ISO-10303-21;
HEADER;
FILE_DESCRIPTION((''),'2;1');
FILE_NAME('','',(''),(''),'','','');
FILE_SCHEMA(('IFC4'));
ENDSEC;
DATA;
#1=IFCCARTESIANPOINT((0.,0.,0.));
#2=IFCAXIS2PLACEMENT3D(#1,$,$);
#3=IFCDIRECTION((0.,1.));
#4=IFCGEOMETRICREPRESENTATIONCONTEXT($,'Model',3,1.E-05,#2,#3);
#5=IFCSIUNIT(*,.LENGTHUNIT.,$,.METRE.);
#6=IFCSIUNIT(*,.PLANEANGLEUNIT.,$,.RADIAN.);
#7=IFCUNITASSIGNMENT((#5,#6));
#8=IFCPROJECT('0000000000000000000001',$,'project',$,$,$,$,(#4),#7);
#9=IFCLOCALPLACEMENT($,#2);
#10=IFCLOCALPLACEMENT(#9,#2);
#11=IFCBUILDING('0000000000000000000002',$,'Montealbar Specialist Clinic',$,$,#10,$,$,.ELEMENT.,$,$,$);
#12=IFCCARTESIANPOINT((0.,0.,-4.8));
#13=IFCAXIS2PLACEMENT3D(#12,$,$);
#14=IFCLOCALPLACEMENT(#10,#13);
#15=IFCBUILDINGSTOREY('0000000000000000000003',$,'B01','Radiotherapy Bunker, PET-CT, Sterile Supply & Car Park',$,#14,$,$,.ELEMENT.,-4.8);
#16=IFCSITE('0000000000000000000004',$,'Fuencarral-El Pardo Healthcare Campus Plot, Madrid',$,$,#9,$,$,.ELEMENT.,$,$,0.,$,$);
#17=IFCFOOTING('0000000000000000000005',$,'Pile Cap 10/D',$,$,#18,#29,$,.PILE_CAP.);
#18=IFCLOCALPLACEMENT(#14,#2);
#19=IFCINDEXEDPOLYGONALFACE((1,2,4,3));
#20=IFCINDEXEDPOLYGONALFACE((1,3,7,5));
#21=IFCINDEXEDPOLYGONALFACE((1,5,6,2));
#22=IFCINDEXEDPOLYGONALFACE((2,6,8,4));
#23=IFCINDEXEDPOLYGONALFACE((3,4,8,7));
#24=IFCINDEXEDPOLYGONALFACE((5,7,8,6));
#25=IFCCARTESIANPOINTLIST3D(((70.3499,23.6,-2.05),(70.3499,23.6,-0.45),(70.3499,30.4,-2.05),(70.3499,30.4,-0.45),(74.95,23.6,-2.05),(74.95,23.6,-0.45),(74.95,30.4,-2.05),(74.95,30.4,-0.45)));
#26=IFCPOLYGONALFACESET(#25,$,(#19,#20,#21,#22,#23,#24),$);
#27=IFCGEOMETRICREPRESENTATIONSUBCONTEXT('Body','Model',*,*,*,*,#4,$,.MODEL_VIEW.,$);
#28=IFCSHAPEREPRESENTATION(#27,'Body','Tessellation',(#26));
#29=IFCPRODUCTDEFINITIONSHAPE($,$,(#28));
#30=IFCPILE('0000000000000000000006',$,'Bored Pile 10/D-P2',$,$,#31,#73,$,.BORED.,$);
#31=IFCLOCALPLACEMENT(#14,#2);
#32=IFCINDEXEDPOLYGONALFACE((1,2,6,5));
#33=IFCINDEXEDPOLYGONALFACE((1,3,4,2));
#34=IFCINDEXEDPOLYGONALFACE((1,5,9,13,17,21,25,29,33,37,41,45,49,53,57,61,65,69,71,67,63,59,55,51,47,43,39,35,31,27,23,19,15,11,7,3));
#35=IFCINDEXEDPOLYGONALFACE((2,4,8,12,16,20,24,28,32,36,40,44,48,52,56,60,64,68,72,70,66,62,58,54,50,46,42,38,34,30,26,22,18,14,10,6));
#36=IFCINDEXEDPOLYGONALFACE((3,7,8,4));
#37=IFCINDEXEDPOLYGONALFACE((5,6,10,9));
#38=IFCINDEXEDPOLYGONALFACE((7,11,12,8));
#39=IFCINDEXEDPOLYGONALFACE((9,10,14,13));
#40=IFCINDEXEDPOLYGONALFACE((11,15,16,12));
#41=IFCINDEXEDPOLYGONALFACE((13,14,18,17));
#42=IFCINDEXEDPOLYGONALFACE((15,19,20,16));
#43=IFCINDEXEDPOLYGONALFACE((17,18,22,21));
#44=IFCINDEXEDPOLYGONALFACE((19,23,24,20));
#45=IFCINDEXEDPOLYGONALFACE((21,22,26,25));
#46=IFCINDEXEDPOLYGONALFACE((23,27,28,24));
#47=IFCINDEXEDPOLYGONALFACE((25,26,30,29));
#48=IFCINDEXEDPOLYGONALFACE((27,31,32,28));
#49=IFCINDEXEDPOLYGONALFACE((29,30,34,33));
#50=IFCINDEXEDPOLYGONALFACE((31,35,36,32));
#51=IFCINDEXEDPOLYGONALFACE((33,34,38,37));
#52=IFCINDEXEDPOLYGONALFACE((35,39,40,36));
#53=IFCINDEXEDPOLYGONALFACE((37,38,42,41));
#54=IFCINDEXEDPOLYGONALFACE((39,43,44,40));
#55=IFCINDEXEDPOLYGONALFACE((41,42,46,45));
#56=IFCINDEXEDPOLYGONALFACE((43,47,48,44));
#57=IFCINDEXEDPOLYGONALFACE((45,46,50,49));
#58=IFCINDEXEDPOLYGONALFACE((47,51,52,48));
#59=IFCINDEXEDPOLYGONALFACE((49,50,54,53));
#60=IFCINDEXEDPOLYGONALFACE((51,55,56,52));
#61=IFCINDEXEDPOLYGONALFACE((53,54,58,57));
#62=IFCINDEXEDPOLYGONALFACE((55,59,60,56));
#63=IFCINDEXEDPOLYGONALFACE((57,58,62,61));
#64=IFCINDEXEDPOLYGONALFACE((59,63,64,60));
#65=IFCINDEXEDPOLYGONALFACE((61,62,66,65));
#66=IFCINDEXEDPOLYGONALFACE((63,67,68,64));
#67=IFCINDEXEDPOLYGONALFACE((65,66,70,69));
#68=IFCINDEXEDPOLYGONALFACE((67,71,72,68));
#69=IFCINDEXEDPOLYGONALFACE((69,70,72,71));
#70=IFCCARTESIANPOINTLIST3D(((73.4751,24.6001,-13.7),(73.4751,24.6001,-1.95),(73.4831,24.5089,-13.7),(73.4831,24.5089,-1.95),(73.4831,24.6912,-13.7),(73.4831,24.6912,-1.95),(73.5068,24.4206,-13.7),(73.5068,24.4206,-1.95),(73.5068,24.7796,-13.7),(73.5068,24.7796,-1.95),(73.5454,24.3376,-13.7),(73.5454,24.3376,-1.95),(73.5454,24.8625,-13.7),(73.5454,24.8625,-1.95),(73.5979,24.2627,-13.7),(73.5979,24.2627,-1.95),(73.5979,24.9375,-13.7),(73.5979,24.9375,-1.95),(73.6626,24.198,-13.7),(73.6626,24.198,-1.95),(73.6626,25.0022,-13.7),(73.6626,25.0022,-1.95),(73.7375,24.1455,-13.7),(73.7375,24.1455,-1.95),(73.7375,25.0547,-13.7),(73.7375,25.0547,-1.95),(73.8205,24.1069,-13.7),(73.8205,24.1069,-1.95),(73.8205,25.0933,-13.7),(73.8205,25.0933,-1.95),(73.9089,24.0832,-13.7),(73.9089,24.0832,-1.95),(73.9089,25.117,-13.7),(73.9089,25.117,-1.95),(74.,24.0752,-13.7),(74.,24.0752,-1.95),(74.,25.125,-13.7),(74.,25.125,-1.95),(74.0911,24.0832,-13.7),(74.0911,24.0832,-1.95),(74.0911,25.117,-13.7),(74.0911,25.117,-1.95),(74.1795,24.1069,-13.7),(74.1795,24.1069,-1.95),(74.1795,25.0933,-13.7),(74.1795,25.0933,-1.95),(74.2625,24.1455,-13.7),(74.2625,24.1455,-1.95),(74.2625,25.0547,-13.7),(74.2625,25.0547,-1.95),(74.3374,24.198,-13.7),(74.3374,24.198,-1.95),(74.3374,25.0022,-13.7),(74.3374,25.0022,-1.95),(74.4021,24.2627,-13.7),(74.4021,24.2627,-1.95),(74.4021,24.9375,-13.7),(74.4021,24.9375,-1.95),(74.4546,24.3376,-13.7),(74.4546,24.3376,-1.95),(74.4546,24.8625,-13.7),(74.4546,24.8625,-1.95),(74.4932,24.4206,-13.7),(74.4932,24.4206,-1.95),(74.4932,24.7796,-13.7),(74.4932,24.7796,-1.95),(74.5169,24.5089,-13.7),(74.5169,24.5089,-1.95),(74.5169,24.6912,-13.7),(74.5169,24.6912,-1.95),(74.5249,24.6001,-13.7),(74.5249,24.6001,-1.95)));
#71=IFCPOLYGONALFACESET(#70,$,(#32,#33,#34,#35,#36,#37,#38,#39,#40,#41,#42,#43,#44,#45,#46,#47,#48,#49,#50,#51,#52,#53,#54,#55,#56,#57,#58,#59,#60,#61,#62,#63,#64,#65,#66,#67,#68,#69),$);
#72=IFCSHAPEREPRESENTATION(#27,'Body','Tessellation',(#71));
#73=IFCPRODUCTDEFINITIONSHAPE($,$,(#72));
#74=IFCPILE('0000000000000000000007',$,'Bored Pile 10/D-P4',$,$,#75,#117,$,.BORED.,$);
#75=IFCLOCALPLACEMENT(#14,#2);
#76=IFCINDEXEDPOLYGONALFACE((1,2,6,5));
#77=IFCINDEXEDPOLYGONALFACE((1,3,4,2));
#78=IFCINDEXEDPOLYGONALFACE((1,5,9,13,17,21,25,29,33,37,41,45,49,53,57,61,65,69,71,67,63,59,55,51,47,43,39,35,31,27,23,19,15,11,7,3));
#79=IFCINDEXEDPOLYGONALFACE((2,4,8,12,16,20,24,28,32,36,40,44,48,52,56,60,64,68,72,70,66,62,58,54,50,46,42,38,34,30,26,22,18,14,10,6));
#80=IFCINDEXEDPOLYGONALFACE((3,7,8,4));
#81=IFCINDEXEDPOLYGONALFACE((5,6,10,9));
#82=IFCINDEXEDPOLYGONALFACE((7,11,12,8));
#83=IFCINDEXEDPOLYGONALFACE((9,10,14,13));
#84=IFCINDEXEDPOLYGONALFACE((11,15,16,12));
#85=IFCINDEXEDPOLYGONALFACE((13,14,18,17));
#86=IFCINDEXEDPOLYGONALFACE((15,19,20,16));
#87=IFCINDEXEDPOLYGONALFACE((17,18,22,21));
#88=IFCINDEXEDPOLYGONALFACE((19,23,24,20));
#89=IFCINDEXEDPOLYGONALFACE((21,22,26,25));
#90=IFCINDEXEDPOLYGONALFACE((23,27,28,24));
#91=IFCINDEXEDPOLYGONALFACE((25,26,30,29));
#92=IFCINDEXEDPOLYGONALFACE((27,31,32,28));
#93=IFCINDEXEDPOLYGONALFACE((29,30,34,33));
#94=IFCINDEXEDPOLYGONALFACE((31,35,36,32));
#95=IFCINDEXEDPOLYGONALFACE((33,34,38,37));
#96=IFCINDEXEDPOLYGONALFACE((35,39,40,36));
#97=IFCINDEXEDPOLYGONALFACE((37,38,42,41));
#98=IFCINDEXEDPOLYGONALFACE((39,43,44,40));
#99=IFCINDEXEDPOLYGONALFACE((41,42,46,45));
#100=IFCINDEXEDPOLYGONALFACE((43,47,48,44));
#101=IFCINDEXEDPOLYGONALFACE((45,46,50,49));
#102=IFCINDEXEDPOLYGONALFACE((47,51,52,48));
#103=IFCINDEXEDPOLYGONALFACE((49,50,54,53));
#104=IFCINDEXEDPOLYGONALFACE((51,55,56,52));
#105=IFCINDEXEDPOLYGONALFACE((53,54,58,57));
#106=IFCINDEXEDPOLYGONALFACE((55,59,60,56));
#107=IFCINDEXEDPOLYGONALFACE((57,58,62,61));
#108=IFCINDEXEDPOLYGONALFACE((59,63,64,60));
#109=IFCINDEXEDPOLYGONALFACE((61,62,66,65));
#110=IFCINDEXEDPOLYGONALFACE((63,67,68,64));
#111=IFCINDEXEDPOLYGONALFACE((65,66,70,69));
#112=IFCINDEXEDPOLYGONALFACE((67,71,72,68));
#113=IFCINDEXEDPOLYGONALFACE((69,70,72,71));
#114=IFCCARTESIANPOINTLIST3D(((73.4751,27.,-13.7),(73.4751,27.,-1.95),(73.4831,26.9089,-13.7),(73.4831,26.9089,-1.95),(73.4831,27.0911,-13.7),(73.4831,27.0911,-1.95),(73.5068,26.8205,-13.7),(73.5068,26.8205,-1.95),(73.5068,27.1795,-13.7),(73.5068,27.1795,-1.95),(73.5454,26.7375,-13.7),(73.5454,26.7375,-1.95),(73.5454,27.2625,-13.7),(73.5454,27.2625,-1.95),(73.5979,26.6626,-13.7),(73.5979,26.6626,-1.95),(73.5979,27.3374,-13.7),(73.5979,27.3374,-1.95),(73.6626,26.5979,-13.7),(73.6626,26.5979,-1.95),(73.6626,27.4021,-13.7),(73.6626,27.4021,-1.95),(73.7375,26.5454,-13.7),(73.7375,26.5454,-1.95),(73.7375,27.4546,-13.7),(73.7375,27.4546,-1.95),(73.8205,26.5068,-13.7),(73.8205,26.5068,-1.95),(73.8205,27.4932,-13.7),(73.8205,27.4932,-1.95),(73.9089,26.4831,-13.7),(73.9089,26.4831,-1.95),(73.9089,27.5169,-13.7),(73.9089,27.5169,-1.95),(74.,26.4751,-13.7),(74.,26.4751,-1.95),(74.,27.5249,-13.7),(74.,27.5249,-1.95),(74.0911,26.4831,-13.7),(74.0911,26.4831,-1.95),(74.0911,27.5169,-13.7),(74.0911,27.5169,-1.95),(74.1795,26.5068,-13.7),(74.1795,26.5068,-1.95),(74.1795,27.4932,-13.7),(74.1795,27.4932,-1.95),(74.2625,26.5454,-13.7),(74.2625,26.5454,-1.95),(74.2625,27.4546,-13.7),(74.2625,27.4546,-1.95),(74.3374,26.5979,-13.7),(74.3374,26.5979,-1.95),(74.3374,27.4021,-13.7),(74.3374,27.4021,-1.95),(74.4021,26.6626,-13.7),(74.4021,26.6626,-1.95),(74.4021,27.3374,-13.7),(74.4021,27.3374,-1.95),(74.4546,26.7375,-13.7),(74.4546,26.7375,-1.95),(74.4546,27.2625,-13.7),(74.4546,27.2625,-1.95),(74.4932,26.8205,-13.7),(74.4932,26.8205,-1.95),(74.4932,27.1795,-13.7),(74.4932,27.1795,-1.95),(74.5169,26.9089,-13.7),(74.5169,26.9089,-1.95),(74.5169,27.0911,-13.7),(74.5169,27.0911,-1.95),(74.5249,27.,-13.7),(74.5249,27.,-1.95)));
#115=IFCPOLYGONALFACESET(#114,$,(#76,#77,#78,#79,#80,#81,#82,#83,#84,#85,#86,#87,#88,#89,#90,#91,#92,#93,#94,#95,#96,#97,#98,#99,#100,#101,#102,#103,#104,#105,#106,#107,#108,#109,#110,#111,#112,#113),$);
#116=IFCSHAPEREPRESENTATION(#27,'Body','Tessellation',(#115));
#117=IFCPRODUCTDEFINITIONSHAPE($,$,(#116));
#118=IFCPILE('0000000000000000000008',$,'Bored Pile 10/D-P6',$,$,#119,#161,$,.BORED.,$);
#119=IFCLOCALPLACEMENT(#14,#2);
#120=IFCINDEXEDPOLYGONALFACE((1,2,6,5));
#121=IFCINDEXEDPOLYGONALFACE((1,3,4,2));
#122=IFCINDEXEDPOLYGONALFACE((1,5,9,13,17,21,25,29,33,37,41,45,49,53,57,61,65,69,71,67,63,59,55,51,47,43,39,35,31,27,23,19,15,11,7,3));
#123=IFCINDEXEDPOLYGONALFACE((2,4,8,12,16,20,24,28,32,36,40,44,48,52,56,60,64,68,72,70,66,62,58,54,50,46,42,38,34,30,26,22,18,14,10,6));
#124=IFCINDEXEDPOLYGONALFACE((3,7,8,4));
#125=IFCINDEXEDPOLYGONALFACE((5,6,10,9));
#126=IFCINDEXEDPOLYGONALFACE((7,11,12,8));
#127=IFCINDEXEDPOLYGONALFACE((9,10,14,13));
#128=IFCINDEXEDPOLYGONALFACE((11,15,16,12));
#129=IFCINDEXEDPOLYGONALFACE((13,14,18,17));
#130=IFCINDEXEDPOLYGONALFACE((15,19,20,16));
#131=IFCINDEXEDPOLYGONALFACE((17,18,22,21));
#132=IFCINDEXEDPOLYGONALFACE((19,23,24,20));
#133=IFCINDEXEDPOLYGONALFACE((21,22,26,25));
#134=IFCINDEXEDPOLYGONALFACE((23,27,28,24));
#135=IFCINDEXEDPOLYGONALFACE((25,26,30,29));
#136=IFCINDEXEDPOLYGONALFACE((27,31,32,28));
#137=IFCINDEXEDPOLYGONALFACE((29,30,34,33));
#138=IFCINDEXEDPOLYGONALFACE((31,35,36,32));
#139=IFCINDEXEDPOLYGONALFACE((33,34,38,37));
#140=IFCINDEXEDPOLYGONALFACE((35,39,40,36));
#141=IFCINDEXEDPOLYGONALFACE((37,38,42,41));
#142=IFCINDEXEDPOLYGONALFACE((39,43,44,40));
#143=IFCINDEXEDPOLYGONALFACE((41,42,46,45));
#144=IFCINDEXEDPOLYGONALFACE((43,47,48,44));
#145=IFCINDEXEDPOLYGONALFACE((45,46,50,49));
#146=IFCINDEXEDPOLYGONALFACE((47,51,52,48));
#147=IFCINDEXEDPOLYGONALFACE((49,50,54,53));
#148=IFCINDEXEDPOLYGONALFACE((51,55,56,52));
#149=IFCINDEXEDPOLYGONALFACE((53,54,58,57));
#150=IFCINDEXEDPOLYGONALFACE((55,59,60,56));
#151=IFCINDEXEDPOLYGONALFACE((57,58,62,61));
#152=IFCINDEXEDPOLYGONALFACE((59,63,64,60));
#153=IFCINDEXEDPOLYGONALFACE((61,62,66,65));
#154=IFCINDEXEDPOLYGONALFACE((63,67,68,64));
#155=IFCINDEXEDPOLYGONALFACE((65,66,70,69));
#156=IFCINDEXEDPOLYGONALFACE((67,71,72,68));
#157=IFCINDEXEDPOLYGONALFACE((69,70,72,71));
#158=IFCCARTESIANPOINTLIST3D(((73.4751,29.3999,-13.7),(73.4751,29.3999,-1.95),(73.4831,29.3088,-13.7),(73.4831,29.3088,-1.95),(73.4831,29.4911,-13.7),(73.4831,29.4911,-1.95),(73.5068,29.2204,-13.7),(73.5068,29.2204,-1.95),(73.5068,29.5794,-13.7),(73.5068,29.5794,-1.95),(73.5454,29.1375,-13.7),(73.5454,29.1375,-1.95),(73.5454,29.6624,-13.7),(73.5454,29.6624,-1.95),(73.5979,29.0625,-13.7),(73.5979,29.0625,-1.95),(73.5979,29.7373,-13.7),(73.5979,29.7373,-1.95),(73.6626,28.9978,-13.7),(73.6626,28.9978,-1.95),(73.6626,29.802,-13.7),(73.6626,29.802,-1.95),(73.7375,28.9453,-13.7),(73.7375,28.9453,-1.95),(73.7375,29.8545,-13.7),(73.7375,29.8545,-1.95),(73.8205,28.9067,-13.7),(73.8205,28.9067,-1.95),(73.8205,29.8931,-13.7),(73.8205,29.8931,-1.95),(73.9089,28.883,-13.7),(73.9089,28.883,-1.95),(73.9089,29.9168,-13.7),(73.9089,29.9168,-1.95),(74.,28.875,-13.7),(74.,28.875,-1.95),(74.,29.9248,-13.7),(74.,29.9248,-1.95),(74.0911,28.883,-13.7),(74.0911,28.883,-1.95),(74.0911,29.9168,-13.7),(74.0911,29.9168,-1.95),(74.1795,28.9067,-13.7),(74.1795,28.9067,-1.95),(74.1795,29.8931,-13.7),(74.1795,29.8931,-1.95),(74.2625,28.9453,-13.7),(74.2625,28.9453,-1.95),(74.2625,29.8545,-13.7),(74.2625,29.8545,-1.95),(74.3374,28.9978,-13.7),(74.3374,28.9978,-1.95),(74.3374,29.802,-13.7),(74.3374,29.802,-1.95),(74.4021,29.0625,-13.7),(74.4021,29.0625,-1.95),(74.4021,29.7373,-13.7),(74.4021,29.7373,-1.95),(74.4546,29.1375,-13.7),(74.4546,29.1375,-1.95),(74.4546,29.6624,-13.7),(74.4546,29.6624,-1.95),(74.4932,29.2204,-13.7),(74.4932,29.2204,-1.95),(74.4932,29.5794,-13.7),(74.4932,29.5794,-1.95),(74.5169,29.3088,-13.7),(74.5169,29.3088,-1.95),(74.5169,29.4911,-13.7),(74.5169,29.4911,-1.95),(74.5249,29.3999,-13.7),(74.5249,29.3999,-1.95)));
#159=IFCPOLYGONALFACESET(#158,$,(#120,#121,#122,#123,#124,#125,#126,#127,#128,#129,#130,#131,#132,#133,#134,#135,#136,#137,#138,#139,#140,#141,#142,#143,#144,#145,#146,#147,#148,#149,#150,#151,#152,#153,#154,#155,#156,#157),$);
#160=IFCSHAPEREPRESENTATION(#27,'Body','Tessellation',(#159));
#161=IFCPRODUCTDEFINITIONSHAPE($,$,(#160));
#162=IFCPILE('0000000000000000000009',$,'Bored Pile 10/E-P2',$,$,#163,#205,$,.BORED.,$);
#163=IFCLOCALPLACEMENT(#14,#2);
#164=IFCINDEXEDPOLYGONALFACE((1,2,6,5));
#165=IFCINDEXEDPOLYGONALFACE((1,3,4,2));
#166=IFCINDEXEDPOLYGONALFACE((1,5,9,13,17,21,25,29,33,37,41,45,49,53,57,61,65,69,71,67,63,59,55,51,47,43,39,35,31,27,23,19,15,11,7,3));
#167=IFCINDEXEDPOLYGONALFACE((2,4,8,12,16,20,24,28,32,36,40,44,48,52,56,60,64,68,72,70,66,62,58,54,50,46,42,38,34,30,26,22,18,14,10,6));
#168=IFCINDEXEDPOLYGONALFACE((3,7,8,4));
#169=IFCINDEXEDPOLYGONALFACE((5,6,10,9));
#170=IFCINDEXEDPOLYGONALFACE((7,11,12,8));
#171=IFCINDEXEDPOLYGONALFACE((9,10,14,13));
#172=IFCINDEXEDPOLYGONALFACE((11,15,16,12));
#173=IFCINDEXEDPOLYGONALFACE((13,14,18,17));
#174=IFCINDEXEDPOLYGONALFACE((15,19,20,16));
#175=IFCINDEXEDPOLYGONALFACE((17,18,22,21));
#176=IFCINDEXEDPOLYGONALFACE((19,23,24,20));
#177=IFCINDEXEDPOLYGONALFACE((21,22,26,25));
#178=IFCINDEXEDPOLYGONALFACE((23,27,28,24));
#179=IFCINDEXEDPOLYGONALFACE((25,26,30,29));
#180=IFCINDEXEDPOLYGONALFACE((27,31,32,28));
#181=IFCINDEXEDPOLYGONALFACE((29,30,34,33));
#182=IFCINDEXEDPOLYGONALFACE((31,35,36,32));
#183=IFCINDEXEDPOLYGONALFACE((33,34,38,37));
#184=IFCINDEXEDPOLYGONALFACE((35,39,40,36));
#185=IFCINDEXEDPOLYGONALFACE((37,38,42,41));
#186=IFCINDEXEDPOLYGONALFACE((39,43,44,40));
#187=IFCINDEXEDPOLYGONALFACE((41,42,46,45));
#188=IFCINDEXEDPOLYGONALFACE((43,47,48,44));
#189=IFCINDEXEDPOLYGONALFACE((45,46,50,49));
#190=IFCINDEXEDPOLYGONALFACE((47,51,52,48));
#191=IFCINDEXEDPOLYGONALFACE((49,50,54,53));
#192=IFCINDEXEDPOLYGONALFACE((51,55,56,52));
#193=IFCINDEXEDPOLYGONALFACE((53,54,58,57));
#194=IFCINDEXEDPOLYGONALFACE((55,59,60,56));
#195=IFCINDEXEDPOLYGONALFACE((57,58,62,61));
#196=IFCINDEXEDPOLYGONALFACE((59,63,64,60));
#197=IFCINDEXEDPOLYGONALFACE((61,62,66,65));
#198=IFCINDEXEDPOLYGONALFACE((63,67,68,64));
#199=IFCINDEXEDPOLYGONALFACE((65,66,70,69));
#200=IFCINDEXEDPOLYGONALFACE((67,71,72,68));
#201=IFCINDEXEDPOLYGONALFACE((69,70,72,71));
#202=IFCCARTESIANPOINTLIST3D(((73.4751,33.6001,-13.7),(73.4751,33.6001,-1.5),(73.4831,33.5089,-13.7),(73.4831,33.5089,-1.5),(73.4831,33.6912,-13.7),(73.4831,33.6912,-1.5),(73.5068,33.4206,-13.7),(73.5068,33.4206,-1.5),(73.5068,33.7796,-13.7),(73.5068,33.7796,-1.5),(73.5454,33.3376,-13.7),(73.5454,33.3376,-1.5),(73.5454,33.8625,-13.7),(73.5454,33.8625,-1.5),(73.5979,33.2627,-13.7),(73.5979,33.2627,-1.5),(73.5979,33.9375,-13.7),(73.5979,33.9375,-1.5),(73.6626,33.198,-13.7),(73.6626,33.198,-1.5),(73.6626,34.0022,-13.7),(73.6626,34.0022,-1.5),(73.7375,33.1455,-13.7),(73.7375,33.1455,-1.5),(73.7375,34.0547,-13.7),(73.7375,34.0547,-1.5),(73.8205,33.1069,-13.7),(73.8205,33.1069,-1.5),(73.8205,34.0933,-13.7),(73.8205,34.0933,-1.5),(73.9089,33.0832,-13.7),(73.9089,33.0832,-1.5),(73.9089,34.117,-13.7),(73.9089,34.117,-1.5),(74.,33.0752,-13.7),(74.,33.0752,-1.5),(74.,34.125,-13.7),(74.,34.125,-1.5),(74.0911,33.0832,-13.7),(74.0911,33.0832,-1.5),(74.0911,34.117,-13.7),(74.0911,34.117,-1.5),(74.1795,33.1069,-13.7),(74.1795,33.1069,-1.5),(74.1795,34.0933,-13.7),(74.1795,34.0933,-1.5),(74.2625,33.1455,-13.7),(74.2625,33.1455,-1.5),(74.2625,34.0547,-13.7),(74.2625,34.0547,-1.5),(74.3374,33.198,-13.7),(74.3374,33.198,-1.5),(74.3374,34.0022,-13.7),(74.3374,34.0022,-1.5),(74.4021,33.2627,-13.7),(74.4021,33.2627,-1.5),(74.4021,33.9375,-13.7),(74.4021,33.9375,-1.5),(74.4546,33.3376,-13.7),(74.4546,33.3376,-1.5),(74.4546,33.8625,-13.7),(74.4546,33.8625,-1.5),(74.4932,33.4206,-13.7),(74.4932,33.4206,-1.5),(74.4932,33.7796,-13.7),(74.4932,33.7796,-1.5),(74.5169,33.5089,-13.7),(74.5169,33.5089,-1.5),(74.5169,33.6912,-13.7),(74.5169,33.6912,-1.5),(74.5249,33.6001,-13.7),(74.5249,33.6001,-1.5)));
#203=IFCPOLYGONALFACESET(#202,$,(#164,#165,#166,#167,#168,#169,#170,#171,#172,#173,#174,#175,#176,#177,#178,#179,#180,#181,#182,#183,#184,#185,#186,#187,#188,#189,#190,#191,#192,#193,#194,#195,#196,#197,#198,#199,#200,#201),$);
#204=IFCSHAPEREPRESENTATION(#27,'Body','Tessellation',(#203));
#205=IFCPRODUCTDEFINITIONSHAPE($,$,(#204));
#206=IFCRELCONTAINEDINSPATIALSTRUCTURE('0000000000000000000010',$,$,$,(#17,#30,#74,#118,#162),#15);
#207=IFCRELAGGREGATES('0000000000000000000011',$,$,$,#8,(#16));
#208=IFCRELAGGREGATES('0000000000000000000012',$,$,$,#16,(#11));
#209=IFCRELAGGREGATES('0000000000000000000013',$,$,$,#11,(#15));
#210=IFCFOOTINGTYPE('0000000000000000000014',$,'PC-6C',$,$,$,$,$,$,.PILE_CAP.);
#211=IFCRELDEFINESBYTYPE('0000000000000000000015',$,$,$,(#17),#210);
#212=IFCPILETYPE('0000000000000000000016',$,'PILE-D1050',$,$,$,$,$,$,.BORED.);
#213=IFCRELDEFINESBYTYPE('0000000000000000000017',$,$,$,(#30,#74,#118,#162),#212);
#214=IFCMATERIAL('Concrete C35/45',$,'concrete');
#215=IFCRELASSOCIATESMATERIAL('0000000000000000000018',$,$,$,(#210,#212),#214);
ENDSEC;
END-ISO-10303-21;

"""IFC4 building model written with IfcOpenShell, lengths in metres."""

from ifc_helpers import new_model, si_unit, direction, frame, origin, origin_2d, place, context, subcontext, project, spatial, rectangle, circle, extrude, material, material_profile, profile_set, type_object, element, save


model = new_model("IFC4")

# Units and contexts
model_context = context("Model", 3, precision=1e-05, world=origin(), true_north=direction((0.0, 1.0)))
body_context = subcontext(model_context, "Body", "Model", "MODEL_VIEW")
ifc_project = project(units=[si_unit("LENGTHUNIT", "METRE"), si_unit("PLANEANGLEUNIT", "RADIAN")], contexts=[model_context])

# Site, building, storey
site_placement = place(None, origin())
site = spatial("IfcSite", under=ifc_project, at=site_placement, Name="Fuencarral-El Pardo Healthcare Campus Plot, Madrid", CompositionType="ELEMENT", RefElevation=0.0)
building_placement = place(site_placement, origin())
building = spatial("IfcBuilding", under=site, at=building_placement, Name="Montealbar Specialist Clinic", CompositionType="ELEMENT")
storey_placement = place(building_placement, frame((0.0, 0.0, -4.8)))
storey = spatial("IfcBuildingStorey", under=building, at=storey_placement, Name="B01", Description="Radiotherapy Bunker, PET-CT, Sterile Supply & Car Park", CompositionType="ELEMENT", Elevation=-4.8)

# Footing
ifc_material_1 = material(Name="Concrete C35/45", Category="concrete")
footing_type = type_object("IfcFootingType", Name="PC-6C", PredefinedType="PILE_CAP", material=ifc_material_1)
footing_placement = place(storey_placement, frame((72.6499, 27.0, -2.05), z_axis=(0.0, 0.0, 1.0), x_axis=(1.0, 0.0, 0.0)))
element("IfcFooting", 1, at=footing_placement, inside=storey, type_object=footing_type, Name="Pile Cap 10/D", PredefinedType="PILE_CAP", context=body_context, shape_type="SweptSolid", body=[
    extrude(rectangle(XDim=4.6001, YDim=6.8, at=origin_2d()), origin(), (0.0, 0.0, 1.0), 1.6001),
])

# Piles
ifc_material_profile_1 = material_profile(ifc_material_1, circle(Radius=0.5249, at=origin_2d()), Name="PILE D1050", Category="concrete")
ifc_profile_set_1 = profile_set([ifc_material_profile_1], Name="Concrete C35/45")
pile_type = type_object("IfcPileType", Name="PILE-D1050", PredefinedType="BORED", material=ifc_profile_set_1)
for number, where, z_axis, x_axis, name in (
    (2, (74.0, 24.6001, -1.95), (0.0, 0.0, -1.0), (1.0, 0.0, 0.0), "Bored Pile 10/D-P2"),
    (3, (74.0, 27.0, -1.95), (0.0, 0.0, -1.0), (1.0, 0.0, 0.0), "Bored Pile 10/D-P4"),
    (4, (74.0, 29.3999, -1.95), (0.0, 0.0, -1.0), (1.0, 0.0, 0.0), "Bored Pile 10/D-P6"),
):
    element("IfcPile", number, at=place(storey_placement, frame(where, z_axis=z_axis, x_axis=x_axis)), inside=storey, type_object=pile_type, Name=name, PredefinedType="BORED", context=body_context, shape_type="SweptSolid", body=[
        extrude(circle(Radius=0.5249, at=origin_2d()), origin(), (0.0, 0.0, 1.0), 11.75),
    ])
pile_placement = place(storey_placement, frame((74.0, 33.6001, -1.5), z_axis=(0.0, 0.0, -1.0), x_axis=(1.0, 0.0, 0.0)))
element("IfcPile", 5, at=pile_placement, inside=storey, type_object=pile_type, Name="Bored Pile 10/E-P2", PredefinedType="BORED", context=body_context, shape_type="SweptSolid", body=[
    extrude(circle(Radius=0.5249, at=origin_2d()), origin(), (0.0, 0.0, 1.0), 12.2),
])

save(model, "model.ifc")
